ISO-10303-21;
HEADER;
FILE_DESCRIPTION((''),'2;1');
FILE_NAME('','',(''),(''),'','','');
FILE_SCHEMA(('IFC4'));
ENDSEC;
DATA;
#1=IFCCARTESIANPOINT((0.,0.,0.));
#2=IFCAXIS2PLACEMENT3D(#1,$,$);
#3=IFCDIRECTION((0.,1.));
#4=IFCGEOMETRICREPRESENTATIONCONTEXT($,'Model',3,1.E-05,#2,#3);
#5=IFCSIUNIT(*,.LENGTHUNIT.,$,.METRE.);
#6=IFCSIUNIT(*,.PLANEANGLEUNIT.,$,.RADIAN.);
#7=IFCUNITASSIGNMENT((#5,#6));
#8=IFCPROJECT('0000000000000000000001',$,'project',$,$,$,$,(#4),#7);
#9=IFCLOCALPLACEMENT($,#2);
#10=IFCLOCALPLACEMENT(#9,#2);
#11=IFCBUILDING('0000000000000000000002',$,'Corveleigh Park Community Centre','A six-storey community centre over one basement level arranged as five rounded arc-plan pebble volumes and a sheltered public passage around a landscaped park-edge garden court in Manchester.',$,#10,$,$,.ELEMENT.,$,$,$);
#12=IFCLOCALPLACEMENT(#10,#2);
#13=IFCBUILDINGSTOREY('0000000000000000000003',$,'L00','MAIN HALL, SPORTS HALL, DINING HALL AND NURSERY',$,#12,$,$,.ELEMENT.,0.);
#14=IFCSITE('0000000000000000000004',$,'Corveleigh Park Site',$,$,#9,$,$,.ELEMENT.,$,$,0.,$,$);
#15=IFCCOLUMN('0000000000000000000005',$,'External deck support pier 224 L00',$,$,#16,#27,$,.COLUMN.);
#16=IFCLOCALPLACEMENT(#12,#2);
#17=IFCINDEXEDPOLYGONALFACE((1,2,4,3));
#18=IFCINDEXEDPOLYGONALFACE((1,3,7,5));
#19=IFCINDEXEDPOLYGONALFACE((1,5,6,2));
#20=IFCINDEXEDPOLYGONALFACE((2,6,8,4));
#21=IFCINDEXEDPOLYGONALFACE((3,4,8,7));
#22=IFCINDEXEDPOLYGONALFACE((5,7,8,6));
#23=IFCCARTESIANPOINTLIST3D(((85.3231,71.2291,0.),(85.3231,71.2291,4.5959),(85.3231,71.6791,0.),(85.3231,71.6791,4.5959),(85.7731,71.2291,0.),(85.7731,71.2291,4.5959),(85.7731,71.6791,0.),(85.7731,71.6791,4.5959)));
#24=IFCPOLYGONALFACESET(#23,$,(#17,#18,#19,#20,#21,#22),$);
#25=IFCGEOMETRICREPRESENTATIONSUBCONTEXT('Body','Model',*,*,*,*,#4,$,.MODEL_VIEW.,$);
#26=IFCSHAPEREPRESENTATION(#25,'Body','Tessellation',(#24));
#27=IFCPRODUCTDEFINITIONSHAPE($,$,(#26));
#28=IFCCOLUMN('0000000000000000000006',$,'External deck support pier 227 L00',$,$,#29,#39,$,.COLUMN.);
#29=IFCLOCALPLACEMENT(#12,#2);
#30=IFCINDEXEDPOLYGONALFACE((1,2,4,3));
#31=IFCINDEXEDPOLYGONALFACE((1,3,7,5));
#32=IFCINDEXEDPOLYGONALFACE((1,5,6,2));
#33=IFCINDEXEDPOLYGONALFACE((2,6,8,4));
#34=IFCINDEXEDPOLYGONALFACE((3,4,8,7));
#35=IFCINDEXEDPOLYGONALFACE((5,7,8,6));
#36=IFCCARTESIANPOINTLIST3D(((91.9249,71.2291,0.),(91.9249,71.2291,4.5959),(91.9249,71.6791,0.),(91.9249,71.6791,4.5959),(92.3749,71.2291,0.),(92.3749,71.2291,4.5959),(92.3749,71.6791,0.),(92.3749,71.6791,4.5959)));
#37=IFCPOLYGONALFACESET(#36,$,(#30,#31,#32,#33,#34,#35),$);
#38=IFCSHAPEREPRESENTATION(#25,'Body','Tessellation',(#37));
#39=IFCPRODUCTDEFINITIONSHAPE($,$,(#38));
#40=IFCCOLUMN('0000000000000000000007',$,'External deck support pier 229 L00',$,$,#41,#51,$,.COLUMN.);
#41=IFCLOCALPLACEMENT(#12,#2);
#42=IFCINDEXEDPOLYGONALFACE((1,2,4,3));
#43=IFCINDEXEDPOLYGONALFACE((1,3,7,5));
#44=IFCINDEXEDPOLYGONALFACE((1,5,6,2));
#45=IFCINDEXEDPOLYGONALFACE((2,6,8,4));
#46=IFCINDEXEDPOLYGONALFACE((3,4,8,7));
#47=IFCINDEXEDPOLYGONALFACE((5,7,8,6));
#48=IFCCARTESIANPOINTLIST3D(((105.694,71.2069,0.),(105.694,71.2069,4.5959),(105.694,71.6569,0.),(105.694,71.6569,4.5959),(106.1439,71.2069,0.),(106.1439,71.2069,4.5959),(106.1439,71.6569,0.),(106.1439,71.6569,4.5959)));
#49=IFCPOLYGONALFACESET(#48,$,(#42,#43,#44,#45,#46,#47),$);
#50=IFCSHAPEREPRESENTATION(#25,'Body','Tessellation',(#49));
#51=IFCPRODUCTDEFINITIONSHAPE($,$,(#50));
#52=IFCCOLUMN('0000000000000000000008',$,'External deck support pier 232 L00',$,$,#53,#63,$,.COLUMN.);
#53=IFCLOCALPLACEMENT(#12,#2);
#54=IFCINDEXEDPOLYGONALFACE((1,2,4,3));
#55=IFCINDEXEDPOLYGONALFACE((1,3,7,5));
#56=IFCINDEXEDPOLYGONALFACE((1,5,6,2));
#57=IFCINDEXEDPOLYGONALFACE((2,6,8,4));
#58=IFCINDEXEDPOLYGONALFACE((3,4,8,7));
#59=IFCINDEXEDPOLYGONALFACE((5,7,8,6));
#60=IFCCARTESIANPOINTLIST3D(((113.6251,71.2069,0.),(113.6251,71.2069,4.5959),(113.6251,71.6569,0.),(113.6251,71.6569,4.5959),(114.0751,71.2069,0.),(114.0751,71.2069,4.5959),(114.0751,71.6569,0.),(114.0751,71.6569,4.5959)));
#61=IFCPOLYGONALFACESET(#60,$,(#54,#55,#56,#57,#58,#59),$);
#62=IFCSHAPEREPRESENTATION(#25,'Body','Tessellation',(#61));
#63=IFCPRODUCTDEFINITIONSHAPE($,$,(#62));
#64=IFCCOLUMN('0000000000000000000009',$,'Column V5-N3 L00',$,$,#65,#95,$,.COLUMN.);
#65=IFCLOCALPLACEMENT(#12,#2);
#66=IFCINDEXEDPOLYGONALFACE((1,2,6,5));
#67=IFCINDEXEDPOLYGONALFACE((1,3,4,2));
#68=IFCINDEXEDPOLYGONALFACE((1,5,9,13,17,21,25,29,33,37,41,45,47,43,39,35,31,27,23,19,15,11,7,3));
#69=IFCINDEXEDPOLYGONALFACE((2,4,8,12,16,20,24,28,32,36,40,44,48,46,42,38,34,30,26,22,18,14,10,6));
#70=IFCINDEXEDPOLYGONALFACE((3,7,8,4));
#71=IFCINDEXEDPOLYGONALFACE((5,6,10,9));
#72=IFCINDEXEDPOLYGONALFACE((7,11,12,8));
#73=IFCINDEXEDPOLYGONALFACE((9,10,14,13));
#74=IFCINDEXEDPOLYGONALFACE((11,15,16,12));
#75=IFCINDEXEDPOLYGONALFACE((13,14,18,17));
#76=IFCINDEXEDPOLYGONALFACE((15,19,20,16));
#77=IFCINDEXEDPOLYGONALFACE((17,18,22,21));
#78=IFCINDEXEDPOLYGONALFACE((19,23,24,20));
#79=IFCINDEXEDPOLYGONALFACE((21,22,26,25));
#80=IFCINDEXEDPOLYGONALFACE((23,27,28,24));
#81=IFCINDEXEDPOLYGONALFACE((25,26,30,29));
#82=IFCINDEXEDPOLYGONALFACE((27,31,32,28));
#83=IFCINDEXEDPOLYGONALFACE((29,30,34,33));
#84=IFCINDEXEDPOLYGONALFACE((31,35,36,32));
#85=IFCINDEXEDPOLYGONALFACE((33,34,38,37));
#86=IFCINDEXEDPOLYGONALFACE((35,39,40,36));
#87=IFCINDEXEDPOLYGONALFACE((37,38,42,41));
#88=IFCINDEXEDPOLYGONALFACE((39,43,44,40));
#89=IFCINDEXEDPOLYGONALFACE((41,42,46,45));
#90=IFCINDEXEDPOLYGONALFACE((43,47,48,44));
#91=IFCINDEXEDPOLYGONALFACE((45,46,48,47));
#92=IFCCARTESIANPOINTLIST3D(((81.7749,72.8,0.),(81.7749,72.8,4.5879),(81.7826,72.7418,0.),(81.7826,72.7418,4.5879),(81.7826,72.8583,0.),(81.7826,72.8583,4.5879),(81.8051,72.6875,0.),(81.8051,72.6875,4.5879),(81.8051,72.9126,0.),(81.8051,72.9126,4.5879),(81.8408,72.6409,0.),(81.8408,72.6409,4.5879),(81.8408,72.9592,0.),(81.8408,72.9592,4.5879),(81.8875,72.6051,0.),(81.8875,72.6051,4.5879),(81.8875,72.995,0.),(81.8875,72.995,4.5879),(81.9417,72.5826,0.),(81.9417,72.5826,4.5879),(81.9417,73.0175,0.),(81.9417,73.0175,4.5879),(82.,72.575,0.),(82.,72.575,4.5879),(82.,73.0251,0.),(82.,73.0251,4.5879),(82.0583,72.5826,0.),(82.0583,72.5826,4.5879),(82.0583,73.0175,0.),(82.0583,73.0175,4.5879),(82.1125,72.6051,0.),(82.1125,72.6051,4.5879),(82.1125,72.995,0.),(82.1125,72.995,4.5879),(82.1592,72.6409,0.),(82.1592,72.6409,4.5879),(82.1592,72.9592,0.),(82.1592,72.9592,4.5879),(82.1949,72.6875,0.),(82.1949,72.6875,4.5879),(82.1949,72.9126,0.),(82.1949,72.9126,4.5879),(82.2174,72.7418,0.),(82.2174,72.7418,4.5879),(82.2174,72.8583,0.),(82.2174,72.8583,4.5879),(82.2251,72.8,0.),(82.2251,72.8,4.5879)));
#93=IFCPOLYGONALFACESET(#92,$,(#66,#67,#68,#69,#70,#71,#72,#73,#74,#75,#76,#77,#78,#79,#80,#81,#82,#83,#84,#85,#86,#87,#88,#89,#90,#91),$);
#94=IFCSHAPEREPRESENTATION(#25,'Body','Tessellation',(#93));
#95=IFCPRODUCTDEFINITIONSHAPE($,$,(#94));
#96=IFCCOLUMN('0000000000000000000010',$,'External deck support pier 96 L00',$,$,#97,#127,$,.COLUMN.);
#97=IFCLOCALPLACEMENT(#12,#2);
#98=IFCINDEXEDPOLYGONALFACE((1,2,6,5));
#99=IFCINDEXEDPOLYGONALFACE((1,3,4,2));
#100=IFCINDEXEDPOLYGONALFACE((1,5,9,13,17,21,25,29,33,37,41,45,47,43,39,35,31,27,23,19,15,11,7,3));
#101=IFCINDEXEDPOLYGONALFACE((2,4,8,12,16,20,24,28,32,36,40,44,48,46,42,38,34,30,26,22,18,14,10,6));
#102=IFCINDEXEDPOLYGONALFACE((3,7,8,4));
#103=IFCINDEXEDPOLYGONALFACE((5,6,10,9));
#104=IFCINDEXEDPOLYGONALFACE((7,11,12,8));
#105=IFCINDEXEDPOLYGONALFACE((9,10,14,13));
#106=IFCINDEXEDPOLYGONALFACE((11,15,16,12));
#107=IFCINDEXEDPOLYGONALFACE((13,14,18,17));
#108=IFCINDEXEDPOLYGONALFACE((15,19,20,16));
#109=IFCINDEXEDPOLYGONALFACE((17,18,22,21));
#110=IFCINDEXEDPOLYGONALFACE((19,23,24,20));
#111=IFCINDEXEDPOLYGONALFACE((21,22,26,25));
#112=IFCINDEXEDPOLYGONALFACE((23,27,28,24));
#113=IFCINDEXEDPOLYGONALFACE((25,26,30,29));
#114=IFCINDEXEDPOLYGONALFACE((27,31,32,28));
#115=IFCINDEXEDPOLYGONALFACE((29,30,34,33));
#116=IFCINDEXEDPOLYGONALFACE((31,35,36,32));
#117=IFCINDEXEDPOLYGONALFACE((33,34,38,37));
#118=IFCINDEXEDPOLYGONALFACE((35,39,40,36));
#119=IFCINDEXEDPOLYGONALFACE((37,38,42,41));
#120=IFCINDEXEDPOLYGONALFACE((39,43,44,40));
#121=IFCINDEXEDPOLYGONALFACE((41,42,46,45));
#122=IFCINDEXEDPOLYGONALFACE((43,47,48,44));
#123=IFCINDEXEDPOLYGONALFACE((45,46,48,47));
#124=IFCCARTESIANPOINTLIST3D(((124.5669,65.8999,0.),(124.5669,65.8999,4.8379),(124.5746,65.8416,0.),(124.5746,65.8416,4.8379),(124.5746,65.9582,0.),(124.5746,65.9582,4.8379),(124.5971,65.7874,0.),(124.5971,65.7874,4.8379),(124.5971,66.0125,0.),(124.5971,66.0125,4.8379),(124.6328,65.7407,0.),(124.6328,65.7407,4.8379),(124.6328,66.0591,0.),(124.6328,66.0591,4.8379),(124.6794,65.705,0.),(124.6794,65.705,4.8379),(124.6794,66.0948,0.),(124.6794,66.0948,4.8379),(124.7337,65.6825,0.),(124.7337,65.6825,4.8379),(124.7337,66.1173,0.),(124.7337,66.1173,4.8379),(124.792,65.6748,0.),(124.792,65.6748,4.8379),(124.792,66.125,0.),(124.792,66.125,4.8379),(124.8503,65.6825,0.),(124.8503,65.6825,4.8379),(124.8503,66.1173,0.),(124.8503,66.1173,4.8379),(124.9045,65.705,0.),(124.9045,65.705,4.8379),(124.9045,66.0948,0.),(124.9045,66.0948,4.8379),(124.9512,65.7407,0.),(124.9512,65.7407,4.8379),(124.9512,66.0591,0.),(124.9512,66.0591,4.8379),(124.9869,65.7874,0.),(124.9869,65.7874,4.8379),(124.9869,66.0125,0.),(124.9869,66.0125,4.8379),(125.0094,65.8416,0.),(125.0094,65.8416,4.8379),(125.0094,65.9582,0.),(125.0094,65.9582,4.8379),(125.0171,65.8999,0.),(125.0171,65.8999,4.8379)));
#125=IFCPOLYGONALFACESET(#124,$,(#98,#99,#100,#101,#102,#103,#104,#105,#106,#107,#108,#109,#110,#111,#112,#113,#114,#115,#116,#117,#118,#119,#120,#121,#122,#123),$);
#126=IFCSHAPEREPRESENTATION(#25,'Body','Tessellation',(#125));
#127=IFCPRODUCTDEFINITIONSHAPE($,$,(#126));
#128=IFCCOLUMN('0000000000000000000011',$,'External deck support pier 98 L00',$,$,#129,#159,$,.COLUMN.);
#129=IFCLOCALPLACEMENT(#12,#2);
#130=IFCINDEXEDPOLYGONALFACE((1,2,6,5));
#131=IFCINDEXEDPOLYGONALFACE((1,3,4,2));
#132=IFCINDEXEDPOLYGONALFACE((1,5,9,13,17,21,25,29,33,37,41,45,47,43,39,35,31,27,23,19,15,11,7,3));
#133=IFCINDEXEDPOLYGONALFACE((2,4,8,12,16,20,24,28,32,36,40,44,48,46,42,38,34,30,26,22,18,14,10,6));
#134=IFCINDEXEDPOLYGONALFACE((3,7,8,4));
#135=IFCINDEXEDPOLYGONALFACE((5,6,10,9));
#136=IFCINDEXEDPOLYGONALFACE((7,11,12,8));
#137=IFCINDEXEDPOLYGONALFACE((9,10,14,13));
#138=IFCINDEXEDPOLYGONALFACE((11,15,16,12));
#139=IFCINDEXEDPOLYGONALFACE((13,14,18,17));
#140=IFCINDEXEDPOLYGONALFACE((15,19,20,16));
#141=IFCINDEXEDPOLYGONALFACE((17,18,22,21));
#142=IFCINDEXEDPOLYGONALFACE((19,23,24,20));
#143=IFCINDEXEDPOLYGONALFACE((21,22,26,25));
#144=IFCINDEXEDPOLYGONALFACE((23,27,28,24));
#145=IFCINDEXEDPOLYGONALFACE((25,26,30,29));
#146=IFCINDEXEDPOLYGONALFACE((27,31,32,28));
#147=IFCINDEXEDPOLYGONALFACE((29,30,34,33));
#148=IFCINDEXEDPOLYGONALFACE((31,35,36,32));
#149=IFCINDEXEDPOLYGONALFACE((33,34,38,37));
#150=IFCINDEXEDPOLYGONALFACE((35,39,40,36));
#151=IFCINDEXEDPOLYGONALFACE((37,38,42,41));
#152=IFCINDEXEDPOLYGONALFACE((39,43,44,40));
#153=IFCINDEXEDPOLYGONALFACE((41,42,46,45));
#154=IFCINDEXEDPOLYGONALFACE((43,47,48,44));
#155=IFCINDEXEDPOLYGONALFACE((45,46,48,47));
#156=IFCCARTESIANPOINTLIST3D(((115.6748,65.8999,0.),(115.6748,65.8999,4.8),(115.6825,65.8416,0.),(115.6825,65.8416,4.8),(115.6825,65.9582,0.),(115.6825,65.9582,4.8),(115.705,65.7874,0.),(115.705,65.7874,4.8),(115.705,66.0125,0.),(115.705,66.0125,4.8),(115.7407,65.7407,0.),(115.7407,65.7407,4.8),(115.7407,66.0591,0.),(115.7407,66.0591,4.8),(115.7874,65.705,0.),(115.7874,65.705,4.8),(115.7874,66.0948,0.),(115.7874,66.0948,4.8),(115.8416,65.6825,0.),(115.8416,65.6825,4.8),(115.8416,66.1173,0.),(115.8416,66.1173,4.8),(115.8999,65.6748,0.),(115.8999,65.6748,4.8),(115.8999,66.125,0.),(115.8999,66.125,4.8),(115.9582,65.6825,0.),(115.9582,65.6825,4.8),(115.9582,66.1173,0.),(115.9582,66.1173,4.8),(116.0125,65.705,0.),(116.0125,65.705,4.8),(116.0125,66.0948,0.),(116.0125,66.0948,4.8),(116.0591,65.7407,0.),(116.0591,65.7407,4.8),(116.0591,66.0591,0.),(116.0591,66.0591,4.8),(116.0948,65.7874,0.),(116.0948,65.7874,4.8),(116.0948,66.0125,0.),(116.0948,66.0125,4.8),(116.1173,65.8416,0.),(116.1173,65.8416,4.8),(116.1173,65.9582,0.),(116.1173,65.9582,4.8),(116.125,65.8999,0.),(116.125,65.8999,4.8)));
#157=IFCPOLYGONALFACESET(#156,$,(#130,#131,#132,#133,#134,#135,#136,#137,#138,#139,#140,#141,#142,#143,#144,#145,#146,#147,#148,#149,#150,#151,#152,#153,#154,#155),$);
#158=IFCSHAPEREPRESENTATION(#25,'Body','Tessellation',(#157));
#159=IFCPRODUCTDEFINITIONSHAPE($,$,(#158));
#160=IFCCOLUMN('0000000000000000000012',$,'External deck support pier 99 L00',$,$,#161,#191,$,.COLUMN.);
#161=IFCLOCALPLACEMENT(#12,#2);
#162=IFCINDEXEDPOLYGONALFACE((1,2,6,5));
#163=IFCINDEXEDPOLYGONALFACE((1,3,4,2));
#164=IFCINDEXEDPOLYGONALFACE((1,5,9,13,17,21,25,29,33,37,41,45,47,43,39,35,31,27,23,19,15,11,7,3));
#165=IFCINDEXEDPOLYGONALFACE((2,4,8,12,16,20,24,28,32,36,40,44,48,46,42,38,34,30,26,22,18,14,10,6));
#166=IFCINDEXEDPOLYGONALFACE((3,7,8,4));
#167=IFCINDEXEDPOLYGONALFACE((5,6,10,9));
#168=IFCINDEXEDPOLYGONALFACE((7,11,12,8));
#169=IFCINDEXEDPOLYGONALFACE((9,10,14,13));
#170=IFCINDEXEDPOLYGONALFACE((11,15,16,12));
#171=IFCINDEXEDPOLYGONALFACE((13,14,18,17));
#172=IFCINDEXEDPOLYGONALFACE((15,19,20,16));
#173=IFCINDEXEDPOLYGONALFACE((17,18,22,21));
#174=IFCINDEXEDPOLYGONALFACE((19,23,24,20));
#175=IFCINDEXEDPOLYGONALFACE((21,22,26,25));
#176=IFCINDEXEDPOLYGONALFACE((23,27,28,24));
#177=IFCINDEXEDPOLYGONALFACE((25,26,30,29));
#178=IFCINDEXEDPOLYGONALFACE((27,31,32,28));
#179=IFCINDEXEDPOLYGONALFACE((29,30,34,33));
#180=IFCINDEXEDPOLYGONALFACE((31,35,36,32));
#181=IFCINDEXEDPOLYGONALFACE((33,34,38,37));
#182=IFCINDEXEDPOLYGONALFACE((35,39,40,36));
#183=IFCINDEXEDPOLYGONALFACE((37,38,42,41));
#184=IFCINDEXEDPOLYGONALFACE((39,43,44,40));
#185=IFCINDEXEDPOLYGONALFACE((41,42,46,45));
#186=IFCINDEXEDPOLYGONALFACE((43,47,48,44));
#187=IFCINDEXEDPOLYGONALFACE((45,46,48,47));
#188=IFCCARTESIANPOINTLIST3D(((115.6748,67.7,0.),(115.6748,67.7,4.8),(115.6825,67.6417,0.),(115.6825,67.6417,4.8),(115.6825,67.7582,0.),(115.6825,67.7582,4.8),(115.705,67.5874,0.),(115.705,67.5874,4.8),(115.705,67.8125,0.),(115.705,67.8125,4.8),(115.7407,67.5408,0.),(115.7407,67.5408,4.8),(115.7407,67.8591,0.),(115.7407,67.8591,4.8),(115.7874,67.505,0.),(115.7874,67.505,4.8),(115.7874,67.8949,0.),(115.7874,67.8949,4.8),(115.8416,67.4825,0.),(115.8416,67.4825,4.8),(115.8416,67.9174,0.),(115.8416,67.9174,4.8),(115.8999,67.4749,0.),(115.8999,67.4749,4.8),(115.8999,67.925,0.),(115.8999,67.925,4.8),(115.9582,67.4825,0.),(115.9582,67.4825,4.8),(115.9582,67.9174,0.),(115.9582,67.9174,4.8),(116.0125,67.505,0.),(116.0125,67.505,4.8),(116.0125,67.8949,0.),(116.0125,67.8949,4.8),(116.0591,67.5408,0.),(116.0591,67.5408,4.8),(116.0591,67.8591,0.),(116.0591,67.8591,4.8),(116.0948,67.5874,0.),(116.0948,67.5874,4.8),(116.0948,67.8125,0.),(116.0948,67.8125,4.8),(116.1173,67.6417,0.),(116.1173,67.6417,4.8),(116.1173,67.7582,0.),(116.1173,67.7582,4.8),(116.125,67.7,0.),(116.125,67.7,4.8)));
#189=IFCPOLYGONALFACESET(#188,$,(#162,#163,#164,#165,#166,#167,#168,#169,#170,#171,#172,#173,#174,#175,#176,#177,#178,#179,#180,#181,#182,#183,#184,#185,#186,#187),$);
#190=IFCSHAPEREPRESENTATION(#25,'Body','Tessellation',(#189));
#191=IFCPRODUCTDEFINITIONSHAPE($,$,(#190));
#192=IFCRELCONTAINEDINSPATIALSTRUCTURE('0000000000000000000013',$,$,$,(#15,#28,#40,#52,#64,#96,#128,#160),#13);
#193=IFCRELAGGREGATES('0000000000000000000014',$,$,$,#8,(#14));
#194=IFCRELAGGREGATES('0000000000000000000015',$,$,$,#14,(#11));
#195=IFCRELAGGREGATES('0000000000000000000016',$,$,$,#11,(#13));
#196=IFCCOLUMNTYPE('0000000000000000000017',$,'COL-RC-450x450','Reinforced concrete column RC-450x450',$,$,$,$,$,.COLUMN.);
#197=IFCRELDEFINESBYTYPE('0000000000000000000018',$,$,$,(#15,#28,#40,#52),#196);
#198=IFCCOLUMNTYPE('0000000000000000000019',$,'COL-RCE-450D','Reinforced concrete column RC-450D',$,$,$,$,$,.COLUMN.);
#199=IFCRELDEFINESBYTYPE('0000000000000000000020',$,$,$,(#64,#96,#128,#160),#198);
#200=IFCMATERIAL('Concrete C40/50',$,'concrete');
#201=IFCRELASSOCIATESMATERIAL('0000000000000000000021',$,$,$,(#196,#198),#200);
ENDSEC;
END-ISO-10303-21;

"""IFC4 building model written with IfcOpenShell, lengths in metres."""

from ifc_helpers import new_model, si_unit, direction, frame, origin, origin_2d, place, context, subcontext, project, spatial, rectangle, circle, extrude, material, material_profile, profile_set, type_object, element, save


model = new_model("IFC4")

# Units and contexts
model_context = context("Model", 3, precision=1e-05, world=origin(), true_north=direction((0.0, 1.0)))
body_context = subcontext(model_context, "Body", "Model", "MODEL_VIEW")
ifc_project = project(units=[si_unit("LENGTHUNIT", "METRE"), si_unit("PLANEANGLEUNIT", "RADIAN")], contexts=[model_context])

# Site, building, storey
site_placement = place(None, origin())
site = spatial("IfcSite", under=ifc_project, at=site_placement, Name="Corveleigh Park Site", CompositionType="ELEMENT", RefElevation=0.0)
building_placement = place(site_placement, origin())
building = spatial("IfcBuilding", under=site, at=building_placement, Name="Corveleigh Park Community Centre", Description="A six-storey community centre over one basement level arranged as five rounded arc-plan pebble volumes and a sheltered public passage around a landscaped park-edge garden court in Manchester.", CompositionType="ELEMENT")
storey_placement = place(building_placement, origin())
storey = spatial("IfcBuildingStorey", under=building, at=storey_placement, Name="L00", Description="MAIN HALL, SPORTS HALL, DINING HALL AND NURSERY", CompositionType="ELEMENT", Elevation=0.0)

# Columns
ifc_material_1 = material(Name="Concrete C40/50", Category="concrete")
ifc_material_profile_1 = material_profile(ifc_material_1, rectangle(XDim=0.45, YDim=0.45, at=origin_2d()), Name="RC-450x450", Category="concrete")
ifc_profile_set_1 = profile_set([ifc_material_profile_1], Name="Concrete C40/50")
column_type_1 = type_object("IfcColumnType", Name="COL-RC-450x450", Description="Reinforced concrete column RC-450x450", PredefinedType="COLUMN", material=ifc_profile_set_1)
for number, where, z_axis, x_axis, name in (
    (1, (85.5481, 71.4541, 0.0), (0.0, 0.0, 1.0), (1.0, 0.0, 0.0), "External deck support pier 224 L00"),
    (2, (92.1499, 71.4541, 0.0), (0.0, 0.0, 1.0), (1.0, 0.0, 0.0), "External deck support pier 227 L00"),
    (3, (105.9189, 71.4319, 0.0), (0.0, 0.0, 1.0), (1.0, 0.0, 0.0), "External deck support pier 229 L00"),
    (4, (113.8501, 71.4319, 0.0), (0.0, 0.0, 1.0), (1.0, 0.0, 0.0), "External deck support pier 232 L00"),
):
    element("IfcColumn", number, at=place(storey_placement, frame(where, z_axis=z_axis, x_axis=x_axis)), inside=storey, type_object=column_type_1, Name=name, PredefinedType="COLUMN", context=body_context, shape_type="SweptSolid", body=[
        extrude(rectangle(XDim=0.45, YDim=0.45, at=origin_2d()), origin(), (0.0, 0.0, 1.0), 4.5959),
    ])
ifc_material_profile_2 = material_profile(ifc_material_1, circle(Radius=0.2251, at=origin_2d()), Name="RC-450D", Category="concrete")
ifc_profile_set_2 = profile_set([ifc_material_profile_2], Name="Concrete C40/50")
column_type_2 = type_object("IfcColumnType", Name="COL-RCE-450D", Description="Reinforced concrete column RC-450D", PredefinedType="COLUMN", material=ifc_profile_set_2)
column_1_placement = place(storey_placement, frame((82.0, 72.8, 0.0), z_axis=(0.0, 0.0, 1.0), x_axis=(1.0, 0.0, 0.0)))
element("IfcColumn", 5, at=column_1_placement, inside=storey, type_object=column_type_2, Name="Column V5-N3 L00", PredefinedType="COLUMN", context=body_context, shape_type="SweptSolid", body=[
    extrude(circle(Radius=0.2251, at=origin_2d()), origin(), (0.0, 0.0, 1.0), 4.5879),
])
column_2_placement = place(storey_placement, frame((124.792, 65.8999, 0.0), z_axis=(0.0, 0.0, 1.0), x_axis=(1.0, 0.0, 0.0)))
element("IfcColumn", 6, at=column_2_placement, inside=storey, type_object=column_type_2, Name="External deck support pier 96 L00", PredefinedType="COLUMN", context=body_context, shape_type="SweptSolid", body=[
    extrude(circle(Radius=0.2251, at=origin_2d()), origin(), (0.0, 0.0, 1.0), 4.8379),
])
for number, where, z_axis, x_axis, name in (
    (7, (115.8999, 65.8999, 0.0), (0.0, 0.0, 1.0), (1.0, 0.0, 0.0), "External deck support pier 98 L00"),
    (8, (115.8999, 67.7, 0.0), (0.0, 0.0, 1.0), (1.0, 0.0, 0.0), "External deck support pier 99 L00"),
):
    element("IfcColumn", number, at=place(storey_placement, frame(where, z_axis=z_axis, x_axis=x_axis)), inside=storey, type_object=column_type_2, Name=name, PredefinedType="COLUMN", context=body_context, shape_type="SweptSolid", body=[
        extrude(circle(Radius=0.2251, at=origin_2d()), origin(), (0.0, 0.0, 1.0), 4.8),
    ])

save(model, "model.ifc")
